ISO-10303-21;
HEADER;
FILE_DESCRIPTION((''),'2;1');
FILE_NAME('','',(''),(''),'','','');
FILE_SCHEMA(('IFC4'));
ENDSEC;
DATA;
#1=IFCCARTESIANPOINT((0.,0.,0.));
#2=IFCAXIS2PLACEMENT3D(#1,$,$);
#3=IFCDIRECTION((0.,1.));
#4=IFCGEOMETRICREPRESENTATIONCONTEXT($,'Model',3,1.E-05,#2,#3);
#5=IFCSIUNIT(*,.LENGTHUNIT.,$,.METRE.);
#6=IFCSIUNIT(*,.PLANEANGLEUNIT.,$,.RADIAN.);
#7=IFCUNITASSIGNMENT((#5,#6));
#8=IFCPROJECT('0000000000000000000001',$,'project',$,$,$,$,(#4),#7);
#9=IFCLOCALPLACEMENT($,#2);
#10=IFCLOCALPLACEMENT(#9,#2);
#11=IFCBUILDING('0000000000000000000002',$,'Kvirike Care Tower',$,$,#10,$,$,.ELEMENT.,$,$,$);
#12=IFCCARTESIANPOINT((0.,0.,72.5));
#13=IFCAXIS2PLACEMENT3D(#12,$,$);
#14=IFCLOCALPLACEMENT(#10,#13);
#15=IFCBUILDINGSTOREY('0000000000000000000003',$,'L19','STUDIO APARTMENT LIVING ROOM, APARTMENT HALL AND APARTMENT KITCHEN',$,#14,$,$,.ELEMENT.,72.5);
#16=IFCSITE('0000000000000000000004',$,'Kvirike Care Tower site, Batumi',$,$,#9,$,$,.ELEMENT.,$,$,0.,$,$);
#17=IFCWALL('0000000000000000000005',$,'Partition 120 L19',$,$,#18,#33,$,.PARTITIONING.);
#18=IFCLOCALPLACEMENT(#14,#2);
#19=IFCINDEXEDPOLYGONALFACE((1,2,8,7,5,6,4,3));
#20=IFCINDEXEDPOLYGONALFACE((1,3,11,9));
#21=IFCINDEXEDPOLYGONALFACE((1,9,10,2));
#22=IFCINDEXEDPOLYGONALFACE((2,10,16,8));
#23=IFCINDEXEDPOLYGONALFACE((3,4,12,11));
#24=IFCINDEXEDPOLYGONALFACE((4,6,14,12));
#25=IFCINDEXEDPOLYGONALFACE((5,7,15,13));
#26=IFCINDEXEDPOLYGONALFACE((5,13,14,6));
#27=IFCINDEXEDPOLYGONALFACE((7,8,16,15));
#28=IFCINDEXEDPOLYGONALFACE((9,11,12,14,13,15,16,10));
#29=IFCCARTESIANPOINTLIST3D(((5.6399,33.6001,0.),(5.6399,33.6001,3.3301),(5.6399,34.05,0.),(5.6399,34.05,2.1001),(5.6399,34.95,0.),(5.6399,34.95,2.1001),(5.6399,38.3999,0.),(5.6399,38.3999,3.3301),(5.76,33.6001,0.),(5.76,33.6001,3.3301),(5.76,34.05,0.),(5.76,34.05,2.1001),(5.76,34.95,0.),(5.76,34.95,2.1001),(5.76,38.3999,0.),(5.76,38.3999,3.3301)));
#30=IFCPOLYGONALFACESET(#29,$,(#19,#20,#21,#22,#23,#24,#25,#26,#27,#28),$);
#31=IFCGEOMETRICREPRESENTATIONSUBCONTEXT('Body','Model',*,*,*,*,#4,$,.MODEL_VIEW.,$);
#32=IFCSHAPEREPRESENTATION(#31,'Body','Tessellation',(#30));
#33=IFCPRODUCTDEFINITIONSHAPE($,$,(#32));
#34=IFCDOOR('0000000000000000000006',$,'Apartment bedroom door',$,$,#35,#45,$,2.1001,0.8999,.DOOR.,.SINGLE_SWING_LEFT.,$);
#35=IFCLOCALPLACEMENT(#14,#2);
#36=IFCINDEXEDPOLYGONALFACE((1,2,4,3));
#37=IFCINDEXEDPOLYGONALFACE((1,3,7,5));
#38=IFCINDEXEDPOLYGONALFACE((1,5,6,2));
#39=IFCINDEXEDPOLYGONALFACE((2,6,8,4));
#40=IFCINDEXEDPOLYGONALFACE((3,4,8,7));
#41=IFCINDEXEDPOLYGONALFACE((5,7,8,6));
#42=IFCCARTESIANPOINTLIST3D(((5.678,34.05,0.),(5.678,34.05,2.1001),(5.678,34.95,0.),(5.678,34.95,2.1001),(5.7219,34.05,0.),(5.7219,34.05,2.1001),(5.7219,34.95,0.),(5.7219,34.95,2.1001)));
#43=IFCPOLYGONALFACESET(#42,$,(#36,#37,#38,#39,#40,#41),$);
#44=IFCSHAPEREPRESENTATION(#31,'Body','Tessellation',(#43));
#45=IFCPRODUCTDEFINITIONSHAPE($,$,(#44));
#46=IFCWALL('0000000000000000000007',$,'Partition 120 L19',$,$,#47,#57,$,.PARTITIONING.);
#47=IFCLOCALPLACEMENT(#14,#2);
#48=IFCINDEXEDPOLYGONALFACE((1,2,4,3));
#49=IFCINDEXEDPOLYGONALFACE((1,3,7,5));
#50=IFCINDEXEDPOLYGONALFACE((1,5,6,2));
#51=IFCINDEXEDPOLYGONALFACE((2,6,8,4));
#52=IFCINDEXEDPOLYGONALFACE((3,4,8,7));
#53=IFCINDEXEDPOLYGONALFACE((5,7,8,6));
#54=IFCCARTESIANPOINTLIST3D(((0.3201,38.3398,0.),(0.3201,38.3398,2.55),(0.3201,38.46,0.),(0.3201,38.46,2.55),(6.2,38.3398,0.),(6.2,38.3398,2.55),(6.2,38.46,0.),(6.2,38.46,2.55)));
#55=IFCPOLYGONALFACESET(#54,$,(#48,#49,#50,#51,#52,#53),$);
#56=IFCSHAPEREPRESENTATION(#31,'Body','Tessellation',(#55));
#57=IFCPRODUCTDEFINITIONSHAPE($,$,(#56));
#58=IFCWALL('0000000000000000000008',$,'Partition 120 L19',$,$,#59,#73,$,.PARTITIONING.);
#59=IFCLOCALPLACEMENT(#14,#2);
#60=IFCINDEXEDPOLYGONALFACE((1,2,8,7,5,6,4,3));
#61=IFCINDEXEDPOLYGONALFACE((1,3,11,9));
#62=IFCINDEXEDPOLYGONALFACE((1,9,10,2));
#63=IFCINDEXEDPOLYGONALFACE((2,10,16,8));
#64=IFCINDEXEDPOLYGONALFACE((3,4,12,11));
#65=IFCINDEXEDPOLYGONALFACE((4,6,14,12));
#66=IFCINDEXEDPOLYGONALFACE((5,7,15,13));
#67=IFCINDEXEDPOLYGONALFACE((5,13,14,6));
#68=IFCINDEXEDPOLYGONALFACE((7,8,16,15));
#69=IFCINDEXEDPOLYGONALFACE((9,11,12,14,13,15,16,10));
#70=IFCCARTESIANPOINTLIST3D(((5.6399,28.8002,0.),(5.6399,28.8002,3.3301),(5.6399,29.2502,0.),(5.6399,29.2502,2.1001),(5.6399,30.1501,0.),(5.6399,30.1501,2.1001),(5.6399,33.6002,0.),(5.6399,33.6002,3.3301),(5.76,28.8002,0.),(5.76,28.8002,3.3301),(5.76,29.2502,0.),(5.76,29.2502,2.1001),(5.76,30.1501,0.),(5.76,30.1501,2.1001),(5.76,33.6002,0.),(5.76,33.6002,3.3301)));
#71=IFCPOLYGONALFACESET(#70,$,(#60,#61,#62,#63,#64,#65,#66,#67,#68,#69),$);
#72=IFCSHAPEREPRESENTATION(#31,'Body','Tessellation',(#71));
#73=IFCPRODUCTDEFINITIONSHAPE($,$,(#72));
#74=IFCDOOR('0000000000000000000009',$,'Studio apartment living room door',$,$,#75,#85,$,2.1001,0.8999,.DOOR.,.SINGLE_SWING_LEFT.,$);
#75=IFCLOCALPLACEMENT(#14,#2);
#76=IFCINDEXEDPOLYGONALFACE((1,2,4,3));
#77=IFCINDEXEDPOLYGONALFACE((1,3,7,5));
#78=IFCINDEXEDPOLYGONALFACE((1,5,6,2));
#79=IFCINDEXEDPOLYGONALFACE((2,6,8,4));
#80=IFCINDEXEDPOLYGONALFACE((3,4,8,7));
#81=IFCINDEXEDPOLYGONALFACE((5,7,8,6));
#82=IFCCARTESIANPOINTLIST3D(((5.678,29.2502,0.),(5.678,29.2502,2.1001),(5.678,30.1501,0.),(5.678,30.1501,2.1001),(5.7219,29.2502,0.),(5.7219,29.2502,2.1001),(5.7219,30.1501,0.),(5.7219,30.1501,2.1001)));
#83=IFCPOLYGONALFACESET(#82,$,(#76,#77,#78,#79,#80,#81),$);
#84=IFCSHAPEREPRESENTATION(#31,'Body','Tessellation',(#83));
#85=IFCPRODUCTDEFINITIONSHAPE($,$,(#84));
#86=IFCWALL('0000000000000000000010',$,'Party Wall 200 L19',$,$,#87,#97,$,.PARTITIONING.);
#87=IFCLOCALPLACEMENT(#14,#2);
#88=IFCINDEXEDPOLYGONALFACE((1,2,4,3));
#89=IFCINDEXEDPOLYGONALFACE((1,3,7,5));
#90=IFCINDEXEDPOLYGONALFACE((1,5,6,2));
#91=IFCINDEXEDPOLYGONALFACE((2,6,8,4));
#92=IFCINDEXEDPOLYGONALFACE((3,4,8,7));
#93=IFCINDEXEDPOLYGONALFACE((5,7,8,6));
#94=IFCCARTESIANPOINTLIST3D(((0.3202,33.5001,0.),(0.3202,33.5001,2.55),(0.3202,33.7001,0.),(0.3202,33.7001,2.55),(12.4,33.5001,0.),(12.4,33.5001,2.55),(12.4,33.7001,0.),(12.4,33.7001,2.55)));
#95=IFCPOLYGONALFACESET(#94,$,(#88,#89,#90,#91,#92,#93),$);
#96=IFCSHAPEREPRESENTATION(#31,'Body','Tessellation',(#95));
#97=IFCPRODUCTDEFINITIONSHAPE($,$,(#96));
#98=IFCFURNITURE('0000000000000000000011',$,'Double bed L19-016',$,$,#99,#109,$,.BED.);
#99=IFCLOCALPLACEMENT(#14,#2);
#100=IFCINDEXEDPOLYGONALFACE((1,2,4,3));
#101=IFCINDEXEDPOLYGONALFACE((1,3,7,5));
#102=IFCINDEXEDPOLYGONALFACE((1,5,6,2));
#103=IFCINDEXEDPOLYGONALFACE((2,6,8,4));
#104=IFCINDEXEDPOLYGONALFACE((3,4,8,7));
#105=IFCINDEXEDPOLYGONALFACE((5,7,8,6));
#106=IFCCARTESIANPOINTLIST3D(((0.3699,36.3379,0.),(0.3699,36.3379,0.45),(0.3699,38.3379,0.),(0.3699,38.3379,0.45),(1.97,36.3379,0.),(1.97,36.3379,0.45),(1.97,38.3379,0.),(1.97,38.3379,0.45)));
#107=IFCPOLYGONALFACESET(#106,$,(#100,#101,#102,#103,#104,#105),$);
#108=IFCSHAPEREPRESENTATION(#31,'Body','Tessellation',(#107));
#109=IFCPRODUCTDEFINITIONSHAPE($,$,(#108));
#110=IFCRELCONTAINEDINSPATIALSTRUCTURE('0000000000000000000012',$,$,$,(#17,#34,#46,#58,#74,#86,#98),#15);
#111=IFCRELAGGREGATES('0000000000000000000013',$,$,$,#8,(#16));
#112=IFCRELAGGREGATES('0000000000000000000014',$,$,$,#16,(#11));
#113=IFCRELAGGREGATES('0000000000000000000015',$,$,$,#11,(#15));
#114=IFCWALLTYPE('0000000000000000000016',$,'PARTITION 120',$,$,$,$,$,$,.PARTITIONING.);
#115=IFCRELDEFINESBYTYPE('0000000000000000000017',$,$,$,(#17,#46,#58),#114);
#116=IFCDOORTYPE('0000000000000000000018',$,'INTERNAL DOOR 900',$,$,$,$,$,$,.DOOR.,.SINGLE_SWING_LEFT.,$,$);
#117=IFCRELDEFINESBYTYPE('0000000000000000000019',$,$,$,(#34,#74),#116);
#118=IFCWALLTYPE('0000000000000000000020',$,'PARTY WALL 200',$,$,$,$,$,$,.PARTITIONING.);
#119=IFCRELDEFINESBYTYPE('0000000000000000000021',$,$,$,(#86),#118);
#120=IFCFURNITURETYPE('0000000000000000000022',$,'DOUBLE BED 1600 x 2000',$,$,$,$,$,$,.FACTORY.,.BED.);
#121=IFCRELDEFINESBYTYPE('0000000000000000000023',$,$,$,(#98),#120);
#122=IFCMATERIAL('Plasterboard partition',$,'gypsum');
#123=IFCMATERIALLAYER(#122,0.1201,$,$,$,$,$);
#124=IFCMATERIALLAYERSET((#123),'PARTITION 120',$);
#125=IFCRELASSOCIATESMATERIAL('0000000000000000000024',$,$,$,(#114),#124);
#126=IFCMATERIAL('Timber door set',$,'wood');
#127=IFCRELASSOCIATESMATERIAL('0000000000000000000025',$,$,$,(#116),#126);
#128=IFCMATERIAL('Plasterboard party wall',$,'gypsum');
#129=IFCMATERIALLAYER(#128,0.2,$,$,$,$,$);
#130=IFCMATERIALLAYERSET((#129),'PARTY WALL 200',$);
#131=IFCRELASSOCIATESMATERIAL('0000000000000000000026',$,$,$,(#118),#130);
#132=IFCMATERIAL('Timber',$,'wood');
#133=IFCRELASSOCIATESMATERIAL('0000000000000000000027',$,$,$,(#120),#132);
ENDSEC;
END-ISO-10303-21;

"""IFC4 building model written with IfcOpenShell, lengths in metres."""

from ifc_helpers import new_model, si_unit, direction, frame, frame_2d, origin, origin_2d, place, context, subcontext, project, spatial, rectangle, extrude, material, layer, layer_set, type_object, element, fill, save


model = new_model("IFC4")

# Units and contexts
model_context = context("Model", 3, precision=1e-05, world=origin(), true_north=direction((0.0, 1.0)))
body_context = subcontext(model_context, "Body", "Model", "MODEL_VIEW")
ifc_project = project(units=[si_unit("LENGTHUNIT", "METRE"), si_unit("PLANEANGLEUNIT", "RADIAN")], contexts=[model_context])

# Site, building, storey
site_placement = place(None, origin())
site = spatial("IfcSite", under=ifc_project, at=site_placement, Name="Kvirike Care Tower site, Batumi", CompositionType="ELEMENT", RefElevation=0.0)
building_placement = place(site_placement, origin())
building = spatial("IfcBuilding", under=site, at=building_placement, Name="Kvirike Care Tower", CompositionType="ELEMENT")
storey_placement = place(building_placement, frame((0.0, 0.0, 72.5)))
storey = spatial("IfcBuildingStorey", under=building, at=storey_placement, Name="L19", Description="STUDIO APARTMENT LIVING ROOM, APARTMENT HALL AND APARTMENT KITCHEN", CompositionType="ELEMENT", Elevation=72.5)

# Wall, opening, door
ifc_material_1 = material(Name="Plasterboard partition", Category="gypsum")
ifc_layer_1 = layer(ifc_material_1, 0.1201)
ifc_layer_set_1 = layer_set([ifc_layer_1], Name="PARTITION 120")
wall_type_1 = type_object("IfcWallType", Name="PARTITION 120", PredefinedType="PARTITIONING", material=ifc_layer_set_1)
wall_1_placement = place(storey_placement, frame((5.7, 38.3999, 0.0), z_axis=(0.0, 0.0, 1.0), x_axis=(0.0, -1.0, 0.0)))
wall_1 = element("IfcWall", 1, at=wall_1_placement, inside=storey, type_object=wall_type_1, Name="Partition 120 L19", PredefinedType="PARTITIONING", context=body_context, shape_type="SweptSolid", body=[
    extrude(rectangle(XDim=4.7998, YDim=0.1201, at=frame_2d((2.3999, 0.0))), origin(), (0.0, 0.0, 1.0), 3.3301),
])
opening_1_placement = place(wall_1_placement, frame((3.45, 0.0, 0.0)))
opening_1 = element("IfcOpeningElement", 2, at=opening_1_placement, cuts=wall_1, PredefinedType="OPENING", context=body_context, shape_type="SweptSolid", body=[
    extrude(rectangle(XDim=0.8999, YDim=2.1001, at=frame_2d((0.45, 1.05))), frame((0.0, 0.0706, 0.0), z_axis=(0.0, -1.0, 0.0), x_axis=(1.0, 0.0, 0.0)), (0.0, 0.0, 1.0), 0.1411),
])
ifc_material_2 = material(Name="Timber door set", Category="wood")
door_type_1 = type_object("IfcDoorType", Name="INTERNAL DOOR 900", OperationType="SINGLE_SWING_LEFT", PredefinedType="DOOR", material=ifc_material_2)
door_1_placement = place(opening_1_placement, origin())
door_1 = element("IfcDoor", 3, at=door_1_placement, inside=storey, type_object=door_type_1, Name="Apartment bedroom door", OperationType="SINGLE_SWING_LEFT", OverallHeight=2.1001, OverallWidth=0.8999, PredefinedType="DOOR", context=body_context, shape_type="SweptSolid", body=[
    extrude(rectangle(XDim=0.8999, YDim=2.1001, at=frame_2d((0.45, 1.05))), frame((0.0, 0.022, 0.0), z_axis=(0.0, -1.0, 0.0), x_axis=(1.0, 0.0, 0.0)), (0.0, 0.0, 1.0), 0.0439),
])
fill(opening_1, door_1)

# Wall
wall_2_placement = place(storey_placement, frame((0.3201, 38.3999, 0.0), z_axis=(0.0, 0.0, 1.0), x_axis=(1.0, 0.0, 0.0)))
element("IfcWall", 4, at=wall_2_placement, inside=storey, type_object=wall_type_1, Name="Partition 120 L19", PredefinedType="PARTITIONING", context=body_context, shape_type="SweptSolid", body=[
    extrude(rectangle(XDim=5.8799, YDim=0.1201, at=frame_2d((2.9399, 0.0))), origin(), (0.0, 0.0, 1.0), 2.55),
])

# Wall, opening, door
wall_3_placement = place(storey_placement, frame((5.7, 33.6001, 0.0), z_axis=(0.0, 0.0, 1.0), x_axis=(0.0, -1.0, 0.0)))
wall_3 = element("IfcWall", 5, at=wall_3_placement, inside=storey, type_object=wall_type_1, Name="Partition 120 L19", PredefinedType="PARTITIONING", context=body_context, shape_type="SweptSolid", body=[
    extrude(rectangle(XDim=4.8, YDim=0.1201, at=frame_2d((2.3999, 0.0))), origin(), (0.0, 0.0, 1.0), 3.3301),
])
opening_2_placement = place(wall_3_placement, frame((3.45, 0.0, 0.0)))
opening_2 = element("IfcOpeningElement", 6, at=opening_2_placement, cuts=wall_3, PredefinedType="OPENING", context=body_context, shape_type="SweptSolid", body=[
    extrude(rectangle(XDim=0.8999, YDim=2.1001, at=frame_2d((0.45, 1.05))), frame((0.0, 0.0706, 0.0), z_axis=(0.0, -1.0, 0.0), x_axis=(1.0, 0.0, 0.0)), (0.0, 0.0, 1.0), 0.1411),
])
door_2_placement = place(opening_2_placement, origin())
door_2 = element("IfcDoor", 7, at=door_2_placement, inside=storey, type_object=door_type_1, Name="Studio apartment living room door", OperationType="SINGLE_SWING_LEFT", OverallHeight=2.1001, OverallWidth=0.8999, PredefinedType="DOOR", context=body_context, shape_type="SweptSolid", body=[
    extrude(rectangle(XDim=0.8999, YDim=2.1001, at=frame_2d((0.45, 1.05))), frame((0.0, 0.022, 0.0), z_axis=(0.0, -1.0, 0.0), x_axis=(1.0, 0.0, 0.0)), (0.0, 0.0, 1.0), 0.0439),
])
fill(opening_2, door_2)

# Wall
ifc_material_3 = material(Name="Plasterboard party wall", Category="gypsum")
ifc_layer_2 = layer(ifc_material_3, 0.2)
ifc_layer_set_2 = layer_set([ifc_layer_2], Name="PARTY WALL 200")
wall_type_2 = type_object("IfcWallType", Name="PARTY WALL 200", PredefinedType="PARTITIONING", material=ifc_layer_set_2)
wall_4_placement = place(storey_placement, frame((0.3201, 33.6001, 0.0), z_axis=(0.0, 0.0, 1.0), x_axis=(1.0, 0.0, 0.0)))
element("IfcWall", 8, at=wall_4_placement, inside=storey, type_object=wall_type_2, Name="Party Wall 200 L19", PredefinedType="PARTITIONING", context=body_context, shape_type="SweptSolid", body=[
    extrude(rectangle(XDim=12.0798, YDim=0.2, at=frame_2d((6.04, 0.0))), origin(), (0.0, 0.0, 1.0), 2.55),
])

# Furniture
ifc_material_4 = material(Name="Timber", Category="wood")
furniture_type = type_object("IfcFurnitureType", Name="DOUBLE BED 1600 x 2000", AssemblyPlace="FACTORY", PredefinedType="BED", material=ifc_material_4)
furniture_placement = place(storey_placement, frame((1.1699, 37.3379, 0.0), z_axis=(0.0, 0.0, 1.0), x_axis=(1.0, 0.0, 0.0)))
element("IfcFurniture", 9, at=furniture_placement, inside=storey, type_object=furniture_type, Name="Double bed L19-016", PredefinedType="BED", context=body_context, shape_type="SweptSolid", body=[
    extrude(rectangle(XDim=1.6001, YDim=2.0, at=origin_2d()), origin(), (0.0, 0.0, 1.0), 0.45),
])

save(model, "model.ifc")
